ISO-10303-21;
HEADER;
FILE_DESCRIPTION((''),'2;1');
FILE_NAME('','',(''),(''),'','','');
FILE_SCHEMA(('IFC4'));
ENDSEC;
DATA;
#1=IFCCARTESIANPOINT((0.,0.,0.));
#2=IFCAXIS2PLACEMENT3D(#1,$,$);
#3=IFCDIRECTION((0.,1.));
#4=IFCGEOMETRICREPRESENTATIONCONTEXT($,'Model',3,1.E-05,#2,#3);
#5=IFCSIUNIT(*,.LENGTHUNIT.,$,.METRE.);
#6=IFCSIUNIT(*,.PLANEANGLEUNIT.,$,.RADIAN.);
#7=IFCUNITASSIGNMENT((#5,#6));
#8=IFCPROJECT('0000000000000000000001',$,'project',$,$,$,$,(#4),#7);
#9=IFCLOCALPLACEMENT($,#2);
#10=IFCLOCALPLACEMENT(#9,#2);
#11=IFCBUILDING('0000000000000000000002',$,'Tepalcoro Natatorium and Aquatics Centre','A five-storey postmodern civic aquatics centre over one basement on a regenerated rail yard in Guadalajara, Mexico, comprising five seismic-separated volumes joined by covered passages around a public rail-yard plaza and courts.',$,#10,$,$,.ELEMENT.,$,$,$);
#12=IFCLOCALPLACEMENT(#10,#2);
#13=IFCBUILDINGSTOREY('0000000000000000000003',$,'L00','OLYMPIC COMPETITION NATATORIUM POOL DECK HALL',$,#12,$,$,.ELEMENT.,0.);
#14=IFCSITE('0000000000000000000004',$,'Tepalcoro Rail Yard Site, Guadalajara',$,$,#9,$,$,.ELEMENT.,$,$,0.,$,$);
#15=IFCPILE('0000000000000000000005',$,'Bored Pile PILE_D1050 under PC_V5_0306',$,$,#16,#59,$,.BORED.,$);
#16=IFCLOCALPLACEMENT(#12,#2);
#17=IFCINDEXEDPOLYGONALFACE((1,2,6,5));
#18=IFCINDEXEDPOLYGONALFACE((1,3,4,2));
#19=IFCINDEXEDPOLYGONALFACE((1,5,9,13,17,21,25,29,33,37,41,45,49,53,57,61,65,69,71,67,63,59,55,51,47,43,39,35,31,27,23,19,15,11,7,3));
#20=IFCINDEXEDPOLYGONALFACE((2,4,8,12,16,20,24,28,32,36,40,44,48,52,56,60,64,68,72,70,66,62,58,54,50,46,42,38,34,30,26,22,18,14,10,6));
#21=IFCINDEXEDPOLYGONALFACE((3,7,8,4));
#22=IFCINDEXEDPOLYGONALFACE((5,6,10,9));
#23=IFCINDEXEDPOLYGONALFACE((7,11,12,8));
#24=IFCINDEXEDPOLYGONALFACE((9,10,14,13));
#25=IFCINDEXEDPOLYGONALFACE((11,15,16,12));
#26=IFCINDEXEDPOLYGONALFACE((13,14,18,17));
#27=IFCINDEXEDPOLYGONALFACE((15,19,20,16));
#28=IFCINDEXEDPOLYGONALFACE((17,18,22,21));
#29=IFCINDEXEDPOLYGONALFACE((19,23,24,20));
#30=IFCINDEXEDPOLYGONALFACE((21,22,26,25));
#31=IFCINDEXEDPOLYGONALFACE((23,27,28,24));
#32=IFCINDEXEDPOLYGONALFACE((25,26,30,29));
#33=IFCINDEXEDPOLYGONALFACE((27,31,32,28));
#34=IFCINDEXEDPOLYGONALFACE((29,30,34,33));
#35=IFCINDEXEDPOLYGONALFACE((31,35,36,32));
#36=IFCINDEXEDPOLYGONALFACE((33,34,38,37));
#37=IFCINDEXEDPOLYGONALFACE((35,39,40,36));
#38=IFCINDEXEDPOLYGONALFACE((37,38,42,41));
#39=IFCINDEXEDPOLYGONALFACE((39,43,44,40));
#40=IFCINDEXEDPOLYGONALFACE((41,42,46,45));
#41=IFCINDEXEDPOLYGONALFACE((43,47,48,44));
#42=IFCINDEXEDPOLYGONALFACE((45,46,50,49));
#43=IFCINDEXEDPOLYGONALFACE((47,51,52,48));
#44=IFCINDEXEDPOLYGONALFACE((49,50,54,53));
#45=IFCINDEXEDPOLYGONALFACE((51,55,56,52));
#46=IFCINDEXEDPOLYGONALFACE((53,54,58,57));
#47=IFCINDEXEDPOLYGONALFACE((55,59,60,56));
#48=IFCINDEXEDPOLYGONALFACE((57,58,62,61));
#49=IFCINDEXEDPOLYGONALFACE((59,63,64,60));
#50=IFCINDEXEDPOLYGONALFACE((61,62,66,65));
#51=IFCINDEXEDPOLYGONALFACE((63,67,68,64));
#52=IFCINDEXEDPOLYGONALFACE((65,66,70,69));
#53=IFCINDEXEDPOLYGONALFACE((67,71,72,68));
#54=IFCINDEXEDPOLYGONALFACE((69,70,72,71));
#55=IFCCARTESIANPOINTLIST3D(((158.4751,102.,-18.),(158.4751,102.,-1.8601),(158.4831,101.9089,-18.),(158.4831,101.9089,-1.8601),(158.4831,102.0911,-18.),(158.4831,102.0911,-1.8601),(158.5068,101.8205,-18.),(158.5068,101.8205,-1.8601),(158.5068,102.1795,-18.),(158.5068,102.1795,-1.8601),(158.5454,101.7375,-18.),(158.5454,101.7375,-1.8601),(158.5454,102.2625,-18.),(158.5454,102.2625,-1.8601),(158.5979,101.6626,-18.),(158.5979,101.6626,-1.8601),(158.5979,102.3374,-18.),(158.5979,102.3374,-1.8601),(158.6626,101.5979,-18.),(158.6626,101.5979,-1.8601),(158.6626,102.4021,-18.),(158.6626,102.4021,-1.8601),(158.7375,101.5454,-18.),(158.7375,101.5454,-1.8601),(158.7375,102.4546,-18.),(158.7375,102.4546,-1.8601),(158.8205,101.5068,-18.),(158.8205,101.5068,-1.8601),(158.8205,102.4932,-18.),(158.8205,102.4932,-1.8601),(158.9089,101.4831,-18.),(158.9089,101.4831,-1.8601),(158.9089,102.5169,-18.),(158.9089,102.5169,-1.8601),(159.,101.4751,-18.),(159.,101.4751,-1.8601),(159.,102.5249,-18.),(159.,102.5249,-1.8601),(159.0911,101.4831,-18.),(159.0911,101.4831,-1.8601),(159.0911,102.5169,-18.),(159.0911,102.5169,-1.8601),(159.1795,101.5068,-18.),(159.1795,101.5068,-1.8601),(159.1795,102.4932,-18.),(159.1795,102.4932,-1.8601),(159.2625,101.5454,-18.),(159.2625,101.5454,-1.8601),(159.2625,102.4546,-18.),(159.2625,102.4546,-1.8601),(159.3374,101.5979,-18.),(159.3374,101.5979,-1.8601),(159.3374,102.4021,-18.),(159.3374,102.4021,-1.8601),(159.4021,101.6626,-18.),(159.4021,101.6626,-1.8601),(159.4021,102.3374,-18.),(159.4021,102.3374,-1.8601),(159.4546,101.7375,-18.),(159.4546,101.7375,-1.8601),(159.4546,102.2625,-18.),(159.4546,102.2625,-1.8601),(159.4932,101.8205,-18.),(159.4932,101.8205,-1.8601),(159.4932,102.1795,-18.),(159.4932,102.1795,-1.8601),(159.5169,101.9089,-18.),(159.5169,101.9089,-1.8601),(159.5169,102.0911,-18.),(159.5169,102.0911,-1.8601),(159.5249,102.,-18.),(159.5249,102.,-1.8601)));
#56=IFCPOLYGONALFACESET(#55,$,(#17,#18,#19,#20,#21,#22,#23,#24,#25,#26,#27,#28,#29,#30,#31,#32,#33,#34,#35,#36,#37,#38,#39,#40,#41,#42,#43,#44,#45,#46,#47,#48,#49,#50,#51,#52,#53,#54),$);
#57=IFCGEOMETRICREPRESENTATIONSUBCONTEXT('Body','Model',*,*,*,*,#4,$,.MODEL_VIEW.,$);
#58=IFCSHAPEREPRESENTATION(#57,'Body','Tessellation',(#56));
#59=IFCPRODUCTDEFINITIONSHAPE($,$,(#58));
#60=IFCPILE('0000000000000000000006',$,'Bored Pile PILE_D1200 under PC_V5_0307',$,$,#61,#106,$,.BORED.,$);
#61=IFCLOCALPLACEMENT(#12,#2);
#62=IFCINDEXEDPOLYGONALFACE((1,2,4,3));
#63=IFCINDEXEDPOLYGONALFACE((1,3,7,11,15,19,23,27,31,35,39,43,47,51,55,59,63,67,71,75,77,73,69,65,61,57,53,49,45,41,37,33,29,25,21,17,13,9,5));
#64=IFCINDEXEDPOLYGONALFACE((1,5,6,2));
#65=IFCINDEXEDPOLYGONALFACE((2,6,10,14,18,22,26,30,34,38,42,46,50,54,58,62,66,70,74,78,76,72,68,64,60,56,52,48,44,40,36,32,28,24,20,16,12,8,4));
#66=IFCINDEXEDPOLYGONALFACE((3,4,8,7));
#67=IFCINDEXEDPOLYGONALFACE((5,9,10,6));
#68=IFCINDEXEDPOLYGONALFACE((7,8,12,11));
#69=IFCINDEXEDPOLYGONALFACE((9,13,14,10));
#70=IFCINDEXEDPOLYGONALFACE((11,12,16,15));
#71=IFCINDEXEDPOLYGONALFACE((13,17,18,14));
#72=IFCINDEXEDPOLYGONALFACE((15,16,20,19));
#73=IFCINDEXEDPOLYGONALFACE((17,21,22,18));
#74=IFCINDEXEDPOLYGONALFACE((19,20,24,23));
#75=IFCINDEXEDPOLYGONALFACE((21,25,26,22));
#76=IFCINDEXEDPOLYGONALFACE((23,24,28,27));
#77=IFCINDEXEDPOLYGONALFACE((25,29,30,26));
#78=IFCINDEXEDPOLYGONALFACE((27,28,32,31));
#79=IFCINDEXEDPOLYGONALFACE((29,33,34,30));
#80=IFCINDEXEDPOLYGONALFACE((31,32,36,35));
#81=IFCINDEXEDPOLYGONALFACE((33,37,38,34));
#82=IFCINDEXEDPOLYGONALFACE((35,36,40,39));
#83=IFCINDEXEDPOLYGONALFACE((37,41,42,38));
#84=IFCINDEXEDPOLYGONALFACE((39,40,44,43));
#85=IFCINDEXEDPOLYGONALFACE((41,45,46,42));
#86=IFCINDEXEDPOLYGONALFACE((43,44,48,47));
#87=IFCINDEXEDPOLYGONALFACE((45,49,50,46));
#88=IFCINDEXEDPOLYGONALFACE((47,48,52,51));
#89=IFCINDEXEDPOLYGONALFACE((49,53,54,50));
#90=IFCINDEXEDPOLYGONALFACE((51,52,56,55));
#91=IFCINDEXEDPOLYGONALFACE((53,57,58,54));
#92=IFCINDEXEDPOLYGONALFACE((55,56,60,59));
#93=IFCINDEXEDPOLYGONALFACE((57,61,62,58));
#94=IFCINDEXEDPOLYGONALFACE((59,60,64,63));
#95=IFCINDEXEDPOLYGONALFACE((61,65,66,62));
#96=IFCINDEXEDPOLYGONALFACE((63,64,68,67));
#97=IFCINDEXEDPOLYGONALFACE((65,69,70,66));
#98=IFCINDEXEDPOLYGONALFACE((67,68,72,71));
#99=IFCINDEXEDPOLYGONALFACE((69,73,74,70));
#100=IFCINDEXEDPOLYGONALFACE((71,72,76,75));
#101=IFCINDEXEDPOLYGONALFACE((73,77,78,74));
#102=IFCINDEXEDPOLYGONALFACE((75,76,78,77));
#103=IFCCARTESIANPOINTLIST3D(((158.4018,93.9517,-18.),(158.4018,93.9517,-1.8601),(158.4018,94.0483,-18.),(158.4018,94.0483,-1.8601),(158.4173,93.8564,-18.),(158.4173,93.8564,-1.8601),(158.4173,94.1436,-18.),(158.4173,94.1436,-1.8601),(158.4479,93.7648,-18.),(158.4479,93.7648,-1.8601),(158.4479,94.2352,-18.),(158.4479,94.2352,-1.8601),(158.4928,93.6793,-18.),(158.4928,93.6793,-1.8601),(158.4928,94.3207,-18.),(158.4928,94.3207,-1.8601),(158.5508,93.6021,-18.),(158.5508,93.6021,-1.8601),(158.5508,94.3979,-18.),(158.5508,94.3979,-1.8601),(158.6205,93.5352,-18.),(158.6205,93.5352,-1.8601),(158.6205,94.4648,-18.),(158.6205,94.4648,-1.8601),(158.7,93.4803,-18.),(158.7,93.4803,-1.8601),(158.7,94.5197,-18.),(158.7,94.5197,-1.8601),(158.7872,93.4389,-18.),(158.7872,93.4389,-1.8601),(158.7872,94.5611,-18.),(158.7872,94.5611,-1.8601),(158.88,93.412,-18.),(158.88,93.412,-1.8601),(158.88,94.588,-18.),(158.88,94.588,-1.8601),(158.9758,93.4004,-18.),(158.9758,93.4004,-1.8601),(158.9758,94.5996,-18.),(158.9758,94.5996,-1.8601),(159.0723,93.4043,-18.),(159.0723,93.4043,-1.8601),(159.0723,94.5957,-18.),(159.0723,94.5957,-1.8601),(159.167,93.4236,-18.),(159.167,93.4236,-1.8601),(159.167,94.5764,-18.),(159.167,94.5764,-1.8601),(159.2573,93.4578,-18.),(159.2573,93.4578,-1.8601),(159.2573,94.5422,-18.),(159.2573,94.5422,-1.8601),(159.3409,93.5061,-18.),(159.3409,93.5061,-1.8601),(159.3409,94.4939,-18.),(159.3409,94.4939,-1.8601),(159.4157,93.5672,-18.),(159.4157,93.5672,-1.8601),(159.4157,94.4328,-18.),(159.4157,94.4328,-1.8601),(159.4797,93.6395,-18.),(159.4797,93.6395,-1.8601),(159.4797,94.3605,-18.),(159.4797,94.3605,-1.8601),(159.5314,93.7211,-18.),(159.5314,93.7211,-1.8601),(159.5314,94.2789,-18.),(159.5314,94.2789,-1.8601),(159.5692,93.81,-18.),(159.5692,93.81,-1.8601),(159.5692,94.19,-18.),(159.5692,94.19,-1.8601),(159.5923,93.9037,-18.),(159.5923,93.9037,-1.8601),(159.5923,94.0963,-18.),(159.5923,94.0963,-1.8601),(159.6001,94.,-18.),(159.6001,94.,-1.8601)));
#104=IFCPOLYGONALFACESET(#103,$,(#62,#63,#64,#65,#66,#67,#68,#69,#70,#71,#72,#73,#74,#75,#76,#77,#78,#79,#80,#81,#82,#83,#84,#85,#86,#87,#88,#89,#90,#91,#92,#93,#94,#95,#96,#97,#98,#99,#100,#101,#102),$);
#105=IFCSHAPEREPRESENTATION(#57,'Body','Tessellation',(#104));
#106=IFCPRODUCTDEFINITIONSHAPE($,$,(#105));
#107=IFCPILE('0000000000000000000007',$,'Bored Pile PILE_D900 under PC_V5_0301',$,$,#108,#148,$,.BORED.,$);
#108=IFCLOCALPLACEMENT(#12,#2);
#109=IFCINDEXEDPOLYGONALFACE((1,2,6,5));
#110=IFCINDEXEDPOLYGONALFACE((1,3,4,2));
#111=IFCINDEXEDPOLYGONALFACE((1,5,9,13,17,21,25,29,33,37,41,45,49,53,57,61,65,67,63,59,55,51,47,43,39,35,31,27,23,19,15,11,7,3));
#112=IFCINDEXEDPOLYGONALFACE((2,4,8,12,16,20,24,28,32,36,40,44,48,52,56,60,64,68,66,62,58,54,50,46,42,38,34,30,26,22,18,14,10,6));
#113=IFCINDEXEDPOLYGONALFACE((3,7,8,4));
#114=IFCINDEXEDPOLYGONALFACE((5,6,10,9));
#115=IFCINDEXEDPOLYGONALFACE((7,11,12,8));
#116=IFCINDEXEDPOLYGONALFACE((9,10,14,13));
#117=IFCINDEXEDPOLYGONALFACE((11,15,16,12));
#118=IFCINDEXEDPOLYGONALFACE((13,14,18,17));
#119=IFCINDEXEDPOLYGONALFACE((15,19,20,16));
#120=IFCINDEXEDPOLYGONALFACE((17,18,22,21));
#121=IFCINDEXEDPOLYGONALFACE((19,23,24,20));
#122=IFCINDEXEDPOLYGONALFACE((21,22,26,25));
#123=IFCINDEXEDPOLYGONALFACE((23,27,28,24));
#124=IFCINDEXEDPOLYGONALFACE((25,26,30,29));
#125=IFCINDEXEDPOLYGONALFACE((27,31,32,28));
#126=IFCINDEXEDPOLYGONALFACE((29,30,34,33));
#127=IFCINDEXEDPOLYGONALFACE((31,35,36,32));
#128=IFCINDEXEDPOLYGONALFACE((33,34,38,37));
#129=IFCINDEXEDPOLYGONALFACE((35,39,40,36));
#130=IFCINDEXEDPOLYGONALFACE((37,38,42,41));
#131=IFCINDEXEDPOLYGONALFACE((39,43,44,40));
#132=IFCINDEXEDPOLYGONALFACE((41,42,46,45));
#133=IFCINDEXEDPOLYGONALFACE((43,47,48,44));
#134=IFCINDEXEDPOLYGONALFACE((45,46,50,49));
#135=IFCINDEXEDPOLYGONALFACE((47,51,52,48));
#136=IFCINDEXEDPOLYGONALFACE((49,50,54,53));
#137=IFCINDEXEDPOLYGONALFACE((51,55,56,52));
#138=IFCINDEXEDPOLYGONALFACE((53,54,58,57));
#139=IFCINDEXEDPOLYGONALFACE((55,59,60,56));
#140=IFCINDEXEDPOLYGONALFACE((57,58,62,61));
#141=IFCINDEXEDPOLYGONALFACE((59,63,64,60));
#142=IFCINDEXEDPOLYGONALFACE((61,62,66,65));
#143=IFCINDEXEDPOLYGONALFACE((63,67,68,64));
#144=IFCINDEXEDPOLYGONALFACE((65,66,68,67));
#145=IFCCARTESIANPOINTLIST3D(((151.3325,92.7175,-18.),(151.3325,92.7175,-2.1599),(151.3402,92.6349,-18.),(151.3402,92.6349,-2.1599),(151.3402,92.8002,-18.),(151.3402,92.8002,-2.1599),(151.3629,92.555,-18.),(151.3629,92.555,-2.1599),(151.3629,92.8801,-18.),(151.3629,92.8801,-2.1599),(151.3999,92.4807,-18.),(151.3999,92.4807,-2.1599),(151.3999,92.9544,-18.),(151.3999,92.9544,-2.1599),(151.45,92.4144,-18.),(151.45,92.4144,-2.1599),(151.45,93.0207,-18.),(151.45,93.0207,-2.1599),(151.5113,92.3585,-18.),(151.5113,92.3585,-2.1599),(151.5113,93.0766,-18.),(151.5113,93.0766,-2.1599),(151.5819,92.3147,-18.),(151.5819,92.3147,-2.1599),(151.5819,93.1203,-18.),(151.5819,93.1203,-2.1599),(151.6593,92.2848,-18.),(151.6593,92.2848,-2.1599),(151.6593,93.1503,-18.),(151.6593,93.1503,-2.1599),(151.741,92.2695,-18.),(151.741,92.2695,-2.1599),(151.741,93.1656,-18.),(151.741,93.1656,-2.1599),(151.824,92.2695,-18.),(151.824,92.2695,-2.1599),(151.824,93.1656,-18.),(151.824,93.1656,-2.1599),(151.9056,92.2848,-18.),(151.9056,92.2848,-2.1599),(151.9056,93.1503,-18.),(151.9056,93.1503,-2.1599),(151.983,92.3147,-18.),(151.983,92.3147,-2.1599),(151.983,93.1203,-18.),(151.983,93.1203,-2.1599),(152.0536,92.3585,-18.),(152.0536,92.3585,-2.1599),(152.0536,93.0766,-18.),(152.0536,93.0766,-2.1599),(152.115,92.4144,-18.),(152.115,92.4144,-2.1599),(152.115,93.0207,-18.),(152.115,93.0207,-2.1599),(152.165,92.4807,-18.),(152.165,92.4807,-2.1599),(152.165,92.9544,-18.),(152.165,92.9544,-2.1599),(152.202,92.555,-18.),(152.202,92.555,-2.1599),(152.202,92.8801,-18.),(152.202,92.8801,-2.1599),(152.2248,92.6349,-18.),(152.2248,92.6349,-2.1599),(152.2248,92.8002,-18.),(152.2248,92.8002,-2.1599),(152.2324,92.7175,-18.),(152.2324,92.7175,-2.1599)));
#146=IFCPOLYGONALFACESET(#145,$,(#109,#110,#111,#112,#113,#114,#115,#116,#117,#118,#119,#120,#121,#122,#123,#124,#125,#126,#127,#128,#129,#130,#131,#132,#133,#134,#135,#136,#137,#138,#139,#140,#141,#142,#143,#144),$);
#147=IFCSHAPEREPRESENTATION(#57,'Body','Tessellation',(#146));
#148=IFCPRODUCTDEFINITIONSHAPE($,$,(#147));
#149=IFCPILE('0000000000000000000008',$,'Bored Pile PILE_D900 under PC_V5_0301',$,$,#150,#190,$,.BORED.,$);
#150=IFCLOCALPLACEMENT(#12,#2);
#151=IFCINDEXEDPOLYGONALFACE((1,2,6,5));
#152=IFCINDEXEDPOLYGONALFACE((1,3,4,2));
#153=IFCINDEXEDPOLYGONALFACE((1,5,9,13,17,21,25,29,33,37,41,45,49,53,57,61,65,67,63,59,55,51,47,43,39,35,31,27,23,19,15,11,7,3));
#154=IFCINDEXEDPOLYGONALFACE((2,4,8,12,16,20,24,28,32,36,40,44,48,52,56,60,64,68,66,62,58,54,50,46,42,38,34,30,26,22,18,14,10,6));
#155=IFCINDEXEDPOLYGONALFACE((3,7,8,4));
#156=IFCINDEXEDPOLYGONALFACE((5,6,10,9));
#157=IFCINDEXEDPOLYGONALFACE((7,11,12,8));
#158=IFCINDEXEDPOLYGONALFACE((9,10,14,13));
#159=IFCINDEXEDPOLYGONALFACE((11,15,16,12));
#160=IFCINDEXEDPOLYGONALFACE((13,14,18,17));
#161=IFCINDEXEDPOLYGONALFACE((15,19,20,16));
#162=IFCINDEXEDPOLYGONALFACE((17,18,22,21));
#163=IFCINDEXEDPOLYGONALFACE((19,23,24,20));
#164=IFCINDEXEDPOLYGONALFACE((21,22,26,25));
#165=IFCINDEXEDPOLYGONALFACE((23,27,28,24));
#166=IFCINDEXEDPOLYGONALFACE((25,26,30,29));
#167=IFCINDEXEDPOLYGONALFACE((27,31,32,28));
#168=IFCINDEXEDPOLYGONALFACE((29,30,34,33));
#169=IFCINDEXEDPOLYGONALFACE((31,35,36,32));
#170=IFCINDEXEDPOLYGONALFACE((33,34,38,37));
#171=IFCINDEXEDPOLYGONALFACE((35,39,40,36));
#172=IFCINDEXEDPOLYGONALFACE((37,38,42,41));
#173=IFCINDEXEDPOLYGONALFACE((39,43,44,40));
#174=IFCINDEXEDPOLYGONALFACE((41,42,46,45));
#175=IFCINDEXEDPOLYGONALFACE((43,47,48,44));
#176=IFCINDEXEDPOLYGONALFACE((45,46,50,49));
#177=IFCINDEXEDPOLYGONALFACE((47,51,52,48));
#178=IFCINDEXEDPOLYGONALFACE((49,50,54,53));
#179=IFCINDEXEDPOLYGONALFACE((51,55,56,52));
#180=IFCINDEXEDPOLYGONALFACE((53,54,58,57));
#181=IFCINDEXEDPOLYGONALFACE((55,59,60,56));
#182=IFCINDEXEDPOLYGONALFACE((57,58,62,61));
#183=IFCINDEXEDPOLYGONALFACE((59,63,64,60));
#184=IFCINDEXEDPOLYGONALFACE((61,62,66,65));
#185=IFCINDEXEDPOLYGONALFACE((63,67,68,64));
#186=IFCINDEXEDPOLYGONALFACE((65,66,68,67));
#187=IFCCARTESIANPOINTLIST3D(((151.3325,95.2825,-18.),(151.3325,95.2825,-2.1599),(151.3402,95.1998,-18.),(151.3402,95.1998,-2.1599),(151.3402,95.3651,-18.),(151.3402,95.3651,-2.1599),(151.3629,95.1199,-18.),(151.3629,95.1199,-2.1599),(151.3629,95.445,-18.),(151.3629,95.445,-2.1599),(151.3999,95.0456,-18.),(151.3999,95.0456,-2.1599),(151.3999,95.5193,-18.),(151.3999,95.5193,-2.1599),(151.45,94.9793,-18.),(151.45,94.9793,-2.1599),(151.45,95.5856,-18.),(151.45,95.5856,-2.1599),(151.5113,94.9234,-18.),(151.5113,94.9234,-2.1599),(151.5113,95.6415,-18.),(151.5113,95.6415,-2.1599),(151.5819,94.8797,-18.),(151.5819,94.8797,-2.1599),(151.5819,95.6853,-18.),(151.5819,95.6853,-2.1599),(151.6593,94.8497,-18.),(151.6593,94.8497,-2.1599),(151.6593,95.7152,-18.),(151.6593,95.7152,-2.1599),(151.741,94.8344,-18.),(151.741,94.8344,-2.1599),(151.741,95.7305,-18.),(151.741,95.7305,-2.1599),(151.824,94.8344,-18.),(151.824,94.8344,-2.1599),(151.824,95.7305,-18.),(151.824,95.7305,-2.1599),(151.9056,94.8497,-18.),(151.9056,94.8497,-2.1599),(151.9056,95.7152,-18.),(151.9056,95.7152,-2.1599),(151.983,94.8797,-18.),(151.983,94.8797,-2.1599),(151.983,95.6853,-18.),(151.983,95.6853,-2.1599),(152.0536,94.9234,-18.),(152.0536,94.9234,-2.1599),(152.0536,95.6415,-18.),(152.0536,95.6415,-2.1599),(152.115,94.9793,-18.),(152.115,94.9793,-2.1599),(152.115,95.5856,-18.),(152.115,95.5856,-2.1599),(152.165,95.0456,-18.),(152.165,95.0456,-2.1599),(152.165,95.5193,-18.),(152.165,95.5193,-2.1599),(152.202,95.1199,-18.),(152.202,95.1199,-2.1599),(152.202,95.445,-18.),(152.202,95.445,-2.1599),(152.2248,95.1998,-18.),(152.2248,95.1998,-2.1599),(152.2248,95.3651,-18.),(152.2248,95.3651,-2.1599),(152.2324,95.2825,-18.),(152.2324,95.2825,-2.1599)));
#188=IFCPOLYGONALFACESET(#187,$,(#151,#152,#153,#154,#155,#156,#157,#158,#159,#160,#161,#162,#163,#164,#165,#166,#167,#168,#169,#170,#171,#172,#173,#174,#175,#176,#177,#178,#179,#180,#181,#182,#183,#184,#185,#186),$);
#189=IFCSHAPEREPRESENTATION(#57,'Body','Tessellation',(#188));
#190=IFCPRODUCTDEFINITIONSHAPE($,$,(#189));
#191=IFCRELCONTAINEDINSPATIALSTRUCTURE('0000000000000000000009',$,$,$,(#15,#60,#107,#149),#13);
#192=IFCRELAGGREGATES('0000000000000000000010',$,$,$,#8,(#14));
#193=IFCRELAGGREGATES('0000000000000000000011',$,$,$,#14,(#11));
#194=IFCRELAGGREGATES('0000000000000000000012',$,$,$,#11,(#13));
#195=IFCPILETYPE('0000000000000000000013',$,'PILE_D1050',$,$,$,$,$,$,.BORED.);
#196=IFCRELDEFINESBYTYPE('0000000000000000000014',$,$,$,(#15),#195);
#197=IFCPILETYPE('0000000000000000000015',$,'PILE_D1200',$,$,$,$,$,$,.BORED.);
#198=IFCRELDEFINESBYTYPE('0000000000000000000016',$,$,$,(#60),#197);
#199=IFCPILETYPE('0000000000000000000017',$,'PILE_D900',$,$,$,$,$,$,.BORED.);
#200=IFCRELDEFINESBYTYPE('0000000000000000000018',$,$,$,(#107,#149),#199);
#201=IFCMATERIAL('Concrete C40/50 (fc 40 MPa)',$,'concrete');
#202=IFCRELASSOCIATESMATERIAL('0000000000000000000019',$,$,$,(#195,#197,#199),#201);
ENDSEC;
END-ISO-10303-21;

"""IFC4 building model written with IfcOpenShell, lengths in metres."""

from ifc_helpers import new_model, si_unit, direction, frame, origin, origin_2d, place, context, subcontext, project, spatial, circle, extrude, material, material_profile, profile_set, type_object, element, save


model = new_model("IFC4")

# Units and contexts
model_context = context("Model", 3, precision=1e-05, world=origin(), true_north=direction((0.0, 1.0)))
body_context = subcontext(model_context, "Body", "Model", "MODEL_VIEW")
ifc_project = project(units=[si_unit("LENGTHUNIT", "METRE"), si_unit("PLANEANGLEUNIT", "RADIAN")], contexts=[model_context])

# Site, building, storey
site_placement = place(None, origin())
site = spatial("IfcSite", under=ifc_project, at=site_placement, Name="Tepalcoro Rail Yard Site, Guadalajara", CompositionType="ELEMENT", RefElevation=0.0)
building_placement = place(site_placement, origin())
building = spatial("IfcBuilding", under=site, at=building_placement, Name="Tepalcoro Natatorium and Aquatics Centre", Description="A five-storey postmodern civic aquatics centre over one basement on a regenerated rail yard in Guadalajara, Mexico, comprising five seismic-separated volumes joined by covered passages around a public rail-yard plaza and courts.", CompositionType="ELEMENT")
storey_placement = place(building_placement, origin())
storey = spatial("IfcBuildingStorey", under=building, at=storey_placement, Name="L00", Description="OLYMPIC COMPETITION NATATORIUM POOL DECK HALL", CompositionType="ELEMENT", Elevation=0.0)

# Piles
ifc_material_1 = material(Name="Concrete C40/50 (fc 40 MPa)", Category="concrete")
ifc_material_profile_1 = material_profile(ifc_material_1, circle(Radius=0.5249, at=origin_2d()), Name="PILE_D1050")
ifc_profile_set_1 = profile_set([ifc_material_profile_1], Name="Concrete C40/50 (fc 40 MPa)")
pile_type_1 = type_object("IfcPileType", Name="PILE_D1050", PredefinedType="BORED", material=ifc_profile_set_1)
pile_1_placement = place(storey_placement, frame((159.0, 102.0, -1.8601), z_axis=(0.0, 0.0, -1.0), x_axis=(1.0, 0.0, 0.0)))
element("IfcPile", 1, at=pile_1_placement, inside=storey, type_object=pile_type_1, Name="Bored Pile PILE_D1050 under PC_V5_0306", PredefinedType="BORED", context=body_context, shape_type="SweptSolid", body=[
    extrude(circle(Radius=0.5249, at=origin_2d()), origin(), (0.0, 0.0, 1.0), 16.1399),
])
ifc_material_profile_2 = material_profile(ifc_material_1, circle(Radius=0.6001, at=origin_2d()), Name="PILE_D1200")
ifc_profile_set_2 = profile_set([ifc_material_profile_2], Name="Concrete C40/50 (fc 40 MPa)")
pile_type_2 = type_object("IfcPileType", Name="PILE_D1200", PredefinedType="BORED", material=ifc_profile_set_2)
pile_2_placement = place(storey_placement, frame((159.0, 94.0, -1.8601), z_axis=(0.0, 0.0, -1.0), x_axis=(1.0, 0.0, 0.0)))
element("IfcPile", 2, at=pile_2_placement, inside=storey, type_object=pile_type_2, Name="Bored Pile PILE_D1200 under PC_V5_0307", PredefinedType="BORED", context=body_context, shape_type="SweptSolid", body=[
    extrude(circle(Radius=0.6001, at=origin_2d()), origin(), (0.0, 0.0, 1.0), 16.1399),
])
ifc_material_profile_3 = material_profile(ifc_material_1, circle(Radius=0.45, at=origin_2d()), Name="PILE_D900")
ifc_profile_set_3 = profile_set([ifc_material_profile_3], Name="Concrete C40/50 (fc 40 MPa)")
pile_type_3 = type_object("IfcPileType", Name="PILE_D900", PredefinedType="BORED", material=ifc_profile_set_3)
for number, where, z_axis, x_axis, name in (
    (3, (151.7825, 92.7175, -2.1599), (0.0, 0.0, -1.0), (1.0, 0.0, 0.0), "Bored Pile PILE_D900 under PC_V5_0301"),
    (4, (151.7825, 95.2825, -2.1599), (0.0, 0.0, -1.0), (1.0, 0.0, 0.0), "Bored Pile PILE_D900 under PC_V5_0301"),
):
    element("IfcPile", number, at=place(storey_placement, frame(where, z_axis=z_axis, x_axis=x_axis)), inside=storey, type_object=pile_type_3, Name=name, PredefinedType="BORED", context=body_context, shape_type="SweptSolid", body=[
        extrude(circle(Radius=0.45, at=origin_2d()), origin(), (0.0, 0.0, 1.0), 15.8401),
    ])

save(model, "model.ifc")
